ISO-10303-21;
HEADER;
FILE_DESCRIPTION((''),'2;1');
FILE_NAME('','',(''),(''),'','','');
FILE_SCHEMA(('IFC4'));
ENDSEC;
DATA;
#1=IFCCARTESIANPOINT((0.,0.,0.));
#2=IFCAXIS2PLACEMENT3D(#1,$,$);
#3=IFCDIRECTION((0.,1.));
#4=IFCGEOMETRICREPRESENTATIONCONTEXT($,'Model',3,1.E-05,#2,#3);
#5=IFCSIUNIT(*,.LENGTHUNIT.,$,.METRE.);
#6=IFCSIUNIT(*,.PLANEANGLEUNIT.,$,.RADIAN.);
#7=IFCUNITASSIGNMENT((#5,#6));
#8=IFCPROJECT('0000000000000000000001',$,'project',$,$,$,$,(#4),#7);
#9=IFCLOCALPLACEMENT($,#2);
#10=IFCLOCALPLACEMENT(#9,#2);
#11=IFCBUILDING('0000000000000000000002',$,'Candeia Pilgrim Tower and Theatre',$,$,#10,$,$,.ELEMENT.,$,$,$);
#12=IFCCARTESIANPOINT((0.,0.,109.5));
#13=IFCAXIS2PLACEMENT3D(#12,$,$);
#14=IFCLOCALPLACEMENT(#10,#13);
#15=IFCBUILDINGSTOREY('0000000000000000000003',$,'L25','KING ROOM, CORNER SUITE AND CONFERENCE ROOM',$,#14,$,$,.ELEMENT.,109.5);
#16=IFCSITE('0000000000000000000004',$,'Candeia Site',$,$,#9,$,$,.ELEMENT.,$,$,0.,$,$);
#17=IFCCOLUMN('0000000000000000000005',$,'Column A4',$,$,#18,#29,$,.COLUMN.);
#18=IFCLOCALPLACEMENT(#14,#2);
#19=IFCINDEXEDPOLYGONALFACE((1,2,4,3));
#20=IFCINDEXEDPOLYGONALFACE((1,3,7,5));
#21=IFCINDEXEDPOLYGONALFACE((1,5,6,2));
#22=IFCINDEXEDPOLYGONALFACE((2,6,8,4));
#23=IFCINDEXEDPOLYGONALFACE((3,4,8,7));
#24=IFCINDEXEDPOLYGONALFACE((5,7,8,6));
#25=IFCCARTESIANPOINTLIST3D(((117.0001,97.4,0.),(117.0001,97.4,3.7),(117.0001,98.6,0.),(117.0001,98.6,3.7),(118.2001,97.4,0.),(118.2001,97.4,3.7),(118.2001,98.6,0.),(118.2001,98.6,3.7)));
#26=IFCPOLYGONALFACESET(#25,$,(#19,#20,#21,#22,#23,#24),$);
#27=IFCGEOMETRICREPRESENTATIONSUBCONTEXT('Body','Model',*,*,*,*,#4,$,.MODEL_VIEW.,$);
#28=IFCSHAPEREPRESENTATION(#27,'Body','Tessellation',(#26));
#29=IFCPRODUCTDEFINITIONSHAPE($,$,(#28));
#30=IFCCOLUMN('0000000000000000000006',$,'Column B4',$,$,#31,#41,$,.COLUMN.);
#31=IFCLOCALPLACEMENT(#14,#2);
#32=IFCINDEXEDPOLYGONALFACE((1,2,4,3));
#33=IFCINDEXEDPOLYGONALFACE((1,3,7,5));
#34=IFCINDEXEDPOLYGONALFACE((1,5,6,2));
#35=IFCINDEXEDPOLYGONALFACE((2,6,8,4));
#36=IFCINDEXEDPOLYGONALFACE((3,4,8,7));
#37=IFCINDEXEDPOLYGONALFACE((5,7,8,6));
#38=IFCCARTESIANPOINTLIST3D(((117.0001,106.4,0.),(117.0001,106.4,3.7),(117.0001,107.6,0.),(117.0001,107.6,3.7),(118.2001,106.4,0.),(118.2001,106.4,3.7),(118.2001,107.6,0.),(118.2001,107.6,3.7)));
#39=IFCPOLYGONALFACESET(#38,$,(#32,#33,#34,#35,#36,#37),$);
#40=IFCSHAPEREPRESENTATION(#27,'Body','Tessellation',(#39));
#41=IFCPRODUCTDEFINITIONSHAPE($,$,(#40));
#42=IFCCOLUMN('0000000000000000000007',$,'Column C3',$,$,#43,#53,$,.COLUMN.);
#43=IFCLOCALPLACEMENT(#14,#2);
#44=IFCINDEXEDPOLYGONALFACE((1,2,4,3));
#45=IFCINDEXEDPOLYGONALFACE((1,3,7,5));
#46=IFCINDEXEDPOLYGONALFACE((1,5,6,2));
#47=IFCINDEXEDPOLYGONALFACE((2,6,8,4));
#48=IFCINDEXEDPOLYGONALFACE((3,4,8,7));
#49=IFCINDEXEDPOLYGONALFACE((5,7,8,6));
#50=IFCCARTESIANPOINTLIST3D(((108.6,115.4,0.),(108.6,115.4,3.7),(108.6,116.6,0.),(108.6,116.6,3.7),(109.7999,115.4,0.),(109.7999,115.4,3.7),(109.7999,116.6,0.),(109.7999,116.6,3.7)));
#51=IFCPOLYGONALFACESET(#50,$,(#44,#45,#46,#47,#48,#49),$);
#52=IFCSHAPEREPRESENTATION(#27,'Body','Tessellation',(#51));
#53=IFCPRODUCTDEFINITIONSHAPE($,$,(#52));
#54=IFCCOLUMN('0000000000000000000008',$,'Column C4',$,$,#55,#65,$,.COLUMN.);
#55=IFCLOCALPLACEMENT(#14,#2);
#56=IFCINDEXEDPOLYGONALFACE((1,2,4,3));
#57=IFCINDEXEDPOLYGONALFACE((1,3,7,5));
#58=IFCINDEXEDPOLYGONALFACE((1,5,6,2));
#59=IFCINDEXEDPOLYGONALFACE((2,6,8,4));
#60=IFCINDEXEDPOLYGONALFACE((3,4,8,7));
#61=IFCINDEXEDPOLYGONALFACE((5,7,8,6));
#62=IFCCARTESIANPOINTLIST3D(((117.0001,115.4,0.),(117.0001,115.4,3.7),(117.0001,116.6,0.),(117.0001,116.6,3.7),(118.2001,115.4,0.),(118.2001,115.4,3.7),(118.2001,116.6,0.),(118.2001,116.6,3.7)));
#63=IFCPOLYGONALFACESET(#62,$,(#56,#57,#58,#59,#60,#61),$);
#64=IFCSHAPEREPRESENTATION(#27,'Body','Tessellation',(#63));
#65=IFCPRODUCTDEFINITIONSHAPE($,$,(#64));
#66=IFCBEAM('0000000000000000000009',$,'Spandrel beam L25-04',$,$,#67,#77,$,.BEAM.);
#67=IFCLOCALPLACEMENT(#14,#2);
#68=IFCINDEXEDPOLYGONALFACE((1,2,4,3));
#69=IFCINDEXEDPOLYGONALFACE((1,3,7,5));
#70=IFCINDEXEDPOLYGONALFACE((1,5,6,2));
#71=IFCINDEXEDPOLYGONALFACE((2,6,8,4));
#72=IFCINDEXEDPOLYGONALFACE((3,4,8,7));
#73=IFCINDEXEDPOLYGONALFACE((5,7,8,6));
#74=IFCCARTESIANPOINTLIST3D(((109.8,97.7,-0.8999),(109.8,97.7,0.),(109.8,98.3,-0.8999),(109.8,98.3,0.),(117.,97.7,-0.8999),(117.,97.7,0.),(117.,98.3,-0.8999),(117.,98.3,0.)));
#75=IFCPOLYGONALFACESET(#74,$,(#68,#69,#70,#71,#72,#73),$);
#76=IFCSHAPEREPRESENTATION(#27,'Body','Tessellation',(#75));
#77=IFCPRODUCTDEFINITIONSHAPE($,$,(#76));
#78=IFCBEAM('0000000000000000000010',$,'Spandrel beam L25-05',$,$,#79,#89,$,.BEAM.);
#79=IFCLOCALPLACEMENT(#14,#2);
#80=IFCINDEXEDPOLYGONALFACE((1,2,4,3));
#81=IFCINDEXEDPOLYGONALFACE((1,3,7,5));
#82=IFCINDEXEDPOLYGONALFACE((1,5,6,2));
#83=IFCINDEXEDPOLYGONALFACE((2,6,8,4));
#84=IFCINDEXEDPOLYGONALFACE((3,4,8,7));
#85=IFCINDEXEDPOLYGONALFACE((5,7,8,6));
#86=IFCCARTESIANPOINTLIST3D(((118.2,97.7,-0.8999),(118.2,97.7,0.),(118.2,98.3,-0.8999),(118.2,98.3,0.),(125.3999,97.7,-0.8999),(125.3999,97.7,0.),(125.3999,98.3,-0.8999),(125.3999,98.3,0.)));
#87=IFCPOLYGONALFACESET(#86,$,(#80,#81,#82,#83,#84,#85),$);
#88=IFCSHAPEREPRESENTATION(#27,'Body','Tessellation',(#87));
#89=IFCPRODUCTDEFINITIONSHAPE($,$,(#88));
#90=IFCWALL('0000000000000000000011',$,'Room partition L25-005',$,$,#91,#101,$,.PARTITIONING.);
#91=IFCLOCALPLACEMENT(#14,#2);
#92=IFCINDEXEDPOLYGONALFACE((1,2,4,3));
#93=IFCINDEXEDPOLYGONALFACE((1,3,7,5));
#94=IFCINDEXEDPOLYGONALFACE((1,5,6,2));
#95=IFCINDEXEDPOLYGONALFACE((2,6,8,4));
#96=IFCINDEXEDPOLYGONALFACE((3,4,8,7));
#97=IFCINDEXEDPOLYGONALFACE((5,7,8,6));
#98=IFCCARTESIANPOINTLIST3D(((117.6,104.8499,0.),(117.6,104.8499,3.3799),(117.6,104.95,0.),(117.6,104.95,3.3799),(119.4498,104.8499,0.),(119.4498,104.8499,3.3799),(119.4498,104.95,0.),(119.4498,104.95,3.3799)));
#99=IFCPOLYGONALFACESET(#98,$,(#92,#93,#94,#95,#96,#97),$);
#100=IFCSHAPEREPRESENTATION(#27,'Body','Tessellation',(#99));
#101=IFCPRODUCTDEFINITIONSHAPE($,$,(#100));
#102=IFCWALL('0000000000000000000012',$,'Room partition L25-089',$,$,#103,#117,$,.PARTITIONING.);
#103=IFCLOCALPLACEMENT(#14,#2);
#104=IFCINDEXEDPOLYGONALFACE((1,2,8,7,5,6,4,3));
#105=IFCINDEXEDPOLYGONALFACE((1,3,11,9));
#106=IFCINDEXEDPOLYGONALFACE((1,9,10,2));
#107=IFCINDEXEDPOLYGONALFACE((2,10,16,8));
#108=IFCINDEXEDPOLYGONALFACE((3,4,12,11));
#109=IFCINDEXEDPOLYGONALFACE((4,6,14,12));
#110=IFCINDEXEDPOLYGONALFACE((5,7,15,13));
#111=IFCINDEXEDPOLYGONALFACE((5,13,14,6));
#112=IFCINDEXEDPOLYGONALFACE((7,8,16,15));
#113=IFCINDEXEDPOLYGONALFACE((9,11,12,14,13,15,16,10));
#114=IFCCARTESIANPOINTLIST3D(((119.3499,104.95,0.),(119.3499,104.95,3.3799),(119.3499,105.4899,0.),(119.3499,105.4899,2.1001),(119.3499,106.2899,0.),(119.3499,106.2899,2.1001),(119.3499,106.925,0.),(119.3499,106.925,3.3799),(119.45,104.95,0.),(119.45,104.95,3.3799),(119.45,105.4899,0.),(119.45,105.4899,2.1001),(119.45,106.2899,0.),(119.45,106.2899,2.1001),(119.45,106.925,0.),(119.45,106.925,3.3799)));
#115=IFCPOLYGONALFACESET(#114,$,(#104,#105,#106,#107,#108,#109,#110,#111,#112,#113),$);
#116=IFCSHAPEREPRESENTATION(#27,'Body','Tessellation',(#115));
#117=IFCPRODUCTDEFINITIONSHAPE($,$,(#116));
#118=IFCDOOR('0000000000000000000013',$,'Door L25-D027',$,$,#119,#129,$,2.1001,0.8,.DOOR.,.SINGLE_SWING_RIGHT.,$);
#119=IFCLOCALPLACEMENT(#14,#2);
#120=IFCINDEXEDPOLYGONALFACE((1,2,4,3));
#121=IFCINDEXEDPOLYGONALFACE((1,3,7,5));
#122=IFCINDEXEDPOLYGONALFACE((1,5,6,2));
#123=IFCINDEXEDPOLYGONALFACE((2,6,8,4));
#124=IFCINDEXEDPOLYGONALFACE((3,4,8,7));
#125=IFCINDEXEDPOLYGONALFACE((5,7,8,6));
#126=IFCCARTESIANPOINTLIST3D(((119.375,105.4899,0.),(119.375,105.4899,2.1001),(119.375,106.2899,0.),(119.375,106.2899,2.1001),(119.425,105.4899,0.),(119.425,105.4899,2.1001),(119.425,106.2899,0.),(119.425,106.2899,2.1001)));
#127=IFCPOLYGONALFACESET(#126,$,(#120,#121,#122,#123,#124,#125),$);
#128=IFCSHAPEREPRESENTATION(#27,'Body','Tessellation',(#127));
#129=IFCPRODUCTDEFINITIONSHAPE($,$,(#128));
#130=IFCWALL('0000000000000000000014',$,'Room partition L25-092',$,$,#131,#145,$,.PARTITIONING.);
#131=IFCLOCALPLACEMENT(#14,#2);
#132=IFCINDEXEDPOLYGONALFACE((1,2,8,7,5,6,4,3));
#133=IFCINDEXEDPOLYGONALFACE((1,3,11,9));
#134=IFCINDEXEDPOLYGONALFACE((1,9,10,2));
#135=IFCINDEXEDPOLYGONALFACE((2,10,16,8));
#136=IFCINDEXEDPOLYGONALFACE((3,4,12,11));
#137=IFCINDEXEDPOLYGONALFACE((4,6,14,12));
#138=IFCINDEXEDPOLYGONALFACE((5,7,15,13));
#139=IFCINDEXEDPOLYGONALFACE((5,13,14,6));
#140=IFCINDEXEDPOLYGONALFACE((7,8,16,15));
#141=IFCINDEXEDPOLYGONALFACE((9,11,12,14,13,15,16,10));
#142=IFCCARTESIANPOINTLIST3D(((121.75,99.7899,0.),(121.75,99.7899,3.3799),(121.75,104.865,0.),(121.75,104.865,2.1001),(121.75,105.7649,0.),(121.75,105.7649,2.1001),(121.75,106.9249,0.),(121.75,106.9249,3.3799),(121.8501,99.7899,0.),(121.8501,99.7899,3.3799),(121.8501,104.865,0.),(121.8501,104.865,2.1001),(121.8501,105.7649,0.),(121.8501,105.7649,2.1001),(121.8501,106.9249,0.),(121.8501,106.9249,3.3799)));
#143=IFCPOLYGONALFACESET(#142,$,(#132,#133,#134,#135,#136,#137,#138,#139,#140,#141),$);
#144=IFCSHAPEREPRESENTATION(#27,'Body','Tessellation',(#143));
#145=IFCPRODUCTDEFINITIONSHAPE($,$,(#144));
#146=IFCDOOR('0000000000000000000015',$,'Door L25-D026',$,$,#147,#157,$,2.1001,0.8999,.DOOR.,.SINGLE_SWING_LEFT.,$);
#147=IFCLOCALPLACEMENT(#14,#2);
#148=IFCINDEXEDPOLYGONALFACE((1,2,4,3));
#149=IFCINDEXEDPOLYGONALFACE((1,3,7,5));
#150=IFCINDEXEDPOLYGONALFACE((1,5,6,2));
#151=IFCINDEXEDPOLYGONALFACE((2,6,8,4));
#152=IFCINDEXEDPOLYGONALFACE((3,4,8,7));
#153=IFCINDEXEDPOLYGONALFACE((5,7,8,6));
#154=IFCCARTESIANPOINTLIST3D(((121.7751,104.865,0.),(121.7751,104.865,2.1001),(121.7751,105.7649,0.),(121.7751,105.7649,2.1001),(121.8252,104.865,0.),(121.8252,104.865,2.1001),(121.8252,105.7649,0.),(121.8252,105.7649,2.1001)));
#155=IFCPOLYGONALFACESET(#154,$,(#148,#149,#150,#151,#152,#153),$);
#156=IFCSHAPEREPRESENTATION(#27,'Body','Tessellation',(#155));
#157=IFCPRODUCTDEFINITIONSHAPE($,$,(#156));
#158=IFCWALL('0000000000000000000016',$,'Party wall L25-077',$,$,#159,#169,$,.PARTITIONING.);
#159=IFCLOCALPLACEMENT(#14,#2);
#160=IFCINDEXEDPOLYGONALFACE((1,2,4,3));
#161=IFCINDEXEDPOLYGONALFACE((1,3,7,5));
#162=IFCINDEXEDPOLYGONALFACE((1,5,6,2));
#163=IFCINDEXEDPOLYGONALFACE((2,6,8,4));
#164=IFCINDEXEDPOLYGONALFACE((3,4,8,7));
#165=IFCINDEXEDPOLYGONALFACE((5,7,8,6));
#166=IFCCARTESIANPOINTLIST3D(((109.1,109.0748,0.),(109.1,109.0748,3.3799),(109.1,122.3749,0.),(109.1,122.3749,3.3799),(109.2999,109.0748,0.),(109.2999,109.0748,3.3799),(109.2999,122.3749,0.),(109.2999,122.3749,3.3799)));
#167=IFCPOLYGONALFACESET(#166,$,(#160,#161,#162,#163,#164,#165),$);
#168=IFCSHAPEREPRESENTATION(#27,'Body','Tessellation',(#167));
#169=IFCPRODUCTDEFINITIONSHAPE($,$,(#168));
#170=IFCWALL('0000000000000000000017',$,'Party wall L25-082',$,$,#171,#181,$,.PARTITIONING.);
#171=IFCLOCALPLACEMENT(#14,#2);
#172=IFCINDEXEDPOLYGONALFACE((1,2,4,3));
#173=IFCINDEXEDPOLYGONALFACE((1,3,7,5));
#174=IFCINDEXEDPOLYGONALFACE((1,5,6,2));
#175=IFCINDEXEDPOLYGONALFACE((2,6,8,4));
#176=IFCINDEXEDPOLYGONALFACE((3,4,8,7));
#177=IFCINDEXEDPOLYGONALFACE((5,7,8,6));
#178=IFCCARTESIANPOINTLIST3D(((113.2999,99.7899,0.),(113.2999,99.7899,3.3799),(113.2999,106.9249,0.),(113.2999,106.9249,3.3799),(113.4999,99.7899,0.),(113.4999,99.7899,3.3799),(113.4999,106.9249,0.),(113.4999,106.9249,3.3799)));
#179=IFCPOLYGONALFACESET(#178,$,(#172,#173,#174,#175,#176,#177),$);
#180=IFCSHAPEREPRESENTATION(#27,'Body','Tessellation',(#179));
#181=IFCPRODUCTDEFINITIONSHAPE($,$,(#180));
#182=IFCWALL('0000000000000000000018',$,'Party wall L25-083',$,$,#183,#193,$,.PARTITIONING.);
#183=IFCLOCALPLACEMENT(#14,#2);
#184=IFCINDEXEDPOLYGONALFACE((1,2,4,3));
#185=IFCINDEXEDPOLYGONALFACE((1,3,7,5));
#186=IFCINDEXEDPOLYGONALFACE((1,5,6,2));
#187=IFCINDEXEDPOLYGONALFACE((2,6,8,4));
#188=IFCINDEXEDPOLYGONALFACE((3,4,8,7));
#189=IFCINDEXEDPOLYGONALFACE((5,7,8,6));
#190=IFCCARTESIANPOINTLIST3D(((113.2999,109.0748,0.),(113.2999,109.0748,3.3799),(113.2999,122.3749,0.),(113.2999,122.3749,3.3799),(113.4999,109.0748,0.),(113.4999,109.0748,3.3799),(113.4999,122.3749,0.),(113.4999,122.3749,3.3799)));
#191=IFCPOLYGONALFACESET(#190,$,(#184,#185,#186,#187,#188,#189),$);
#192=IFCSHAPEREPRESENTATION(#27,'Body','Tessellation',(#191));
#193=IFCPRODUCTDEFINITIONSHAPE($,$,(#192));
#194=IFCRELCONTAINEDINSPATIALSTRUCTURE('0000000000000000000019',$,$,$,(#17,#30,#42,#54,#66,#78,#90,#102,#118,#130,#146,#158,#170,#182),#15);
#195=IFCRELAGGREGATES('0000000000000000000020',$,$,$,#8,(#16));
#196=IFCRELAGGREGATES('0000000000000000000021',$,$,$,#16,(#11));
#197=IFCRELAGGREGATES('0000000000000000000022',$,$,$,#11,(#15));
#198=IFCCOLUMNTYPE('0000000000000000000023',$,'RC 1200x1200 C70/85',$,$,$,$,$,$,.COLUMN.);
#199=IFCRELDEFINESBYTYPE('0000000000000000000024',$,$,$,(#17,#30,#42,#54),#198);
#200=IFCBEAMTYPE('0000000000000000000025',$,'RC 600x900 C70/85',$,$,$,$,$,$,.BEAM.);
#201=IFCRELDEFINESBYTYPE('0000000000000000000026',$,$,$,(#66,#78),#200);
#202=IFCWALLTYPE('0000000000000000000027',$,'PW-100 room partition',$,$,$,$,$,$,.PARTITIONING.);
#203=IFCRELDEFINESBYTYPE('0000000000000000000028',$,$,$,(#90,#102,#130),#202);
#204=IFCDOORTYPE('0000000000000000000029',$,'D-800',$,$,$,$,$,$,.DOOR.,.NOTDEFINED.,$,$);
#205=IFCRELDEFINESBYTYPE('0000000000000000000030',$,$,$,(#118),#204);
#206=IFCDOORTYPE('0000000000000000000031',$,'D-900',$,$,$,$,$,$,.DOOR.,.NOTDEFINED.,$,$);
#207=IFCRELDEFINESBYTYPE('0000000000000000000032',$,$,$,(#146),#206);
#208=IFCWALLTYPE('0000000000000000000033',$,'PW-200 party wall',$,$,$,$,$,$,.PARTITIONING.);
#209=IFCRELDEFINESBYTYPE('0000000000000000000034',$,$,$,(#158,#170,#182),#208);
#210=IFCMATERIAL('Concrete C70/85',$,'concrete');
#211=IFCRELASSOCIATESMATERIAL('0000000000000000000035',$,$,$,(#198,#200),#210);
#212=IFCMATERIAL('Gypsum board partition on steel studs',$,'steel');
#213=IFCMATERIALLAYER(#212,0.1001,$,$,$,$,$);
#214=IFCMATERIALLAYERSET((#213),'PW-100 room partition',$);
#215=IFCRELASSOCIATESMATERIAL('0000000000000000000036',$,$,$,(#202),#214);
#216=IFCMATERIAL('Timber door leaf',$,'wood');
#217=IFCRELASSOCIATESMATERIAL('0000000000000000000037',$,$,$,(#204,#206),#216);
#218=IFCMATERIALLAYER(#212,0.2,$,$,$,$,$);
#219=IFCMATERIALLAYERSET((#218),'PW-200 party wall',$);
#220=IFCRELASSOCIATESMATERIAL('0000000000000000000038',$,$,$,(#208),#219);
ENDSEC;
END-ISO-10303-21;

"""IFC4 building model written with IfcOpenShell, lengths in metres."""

from ifc_helpers import new_model, si_unit, direction, frame, frame_2d, origin, origin_2d, place, context, subcontext, project, spatial, rectangle, extrude, material, layer, layer_set, material_profile, profile_set, type_object, element, fill, save


model = new_model("IFC4")

# Units and contexts
model_context = context("Model", 3, precision=1e-05, world=origin(), true_north=direction((0.0, 1.0)))
body_context = subcontext(model_context, "Body", "Model", "MODEL_VIEW")
ifc_project = project(units=[si_unit("LENGTHUNIT", "METRE"), si_unit("PLANEANGLEUNIT", "RADIAN")], contexts=[model_context])

# Site, building, storey
site_placement = place(None, origin())
site = spatial("IfcSite", under=ifc_project, at=site_placement, Name="Candeia Site", CompositionType="ELEMENT", RefElevation=0.0)
building_placement = place(site_placement, origin())
building = spatial("IfcBuilding", under=site, at=building_placement, Name="Candeia Pilgrim Tower and Theatre", CompositionType="ELEMENT")
storey_placement = place(building_placement, frame((0.0, 0.0, 109.5)))
storey = spatial("IfcBuildingStorey", under=building, at=storey_placement, Name="L25", Description="KING ROOM, CORNER SUITE AND CONFERENCE ROOM", CompositionType="ELEMENT", Elevation=109.5)

# Columns
ifc_material_1 = material(Name="Concrete C70/85", Category="concrete")
ifc_material_profile_1 = material_profile(ifc_material_1, rectangle(XDim=1.2, YDim=1.2, at=origin_2d()))
ifc_profile_set_1 = profile_set([ifc_material_profile_1], Name="Concrete C70/85")
column_type = type_object("IfcColumnType", Name="RC 1200x1200 C70/85", PredefinedType="COLUMN", material=ifc_profile_set_1)
for number, where, z_axis, x_axis, name in (
    (1, (117.6001, 98.0, 0.0), (0.0, 0.0, 1.0), (1.0, 0.0, 0.0), "Column A4"),
    (2, (117.6001, 107.0, 0.0), (0.0, 0.0, 1.0), (1.0, 0.0, 0.0), "Column B4"),
    (3, (109.2, 116.0, 0.0), (0.0, 0.0, 1.0), (1.0, 0.0, 0.0), "Column C3"),
    (4, (117.6001, 116.0, 0.0), (0.0, 0.0, 1.0), (1.0, 0.0, 0.0), "Column C4"),
):
    element("IfcColumn", number, at=place(storey_placement, frame(where, z_axis=z_axis, x_axis=x_axis)), inside=storey, type_object=column_type, Name=name, PredefinedType="COLUMN", context=body_context, shape_type="SweptSolid", body=[
        extrude(rectangle(XDim=1.2, YDim=1.2, at=origin_2d()), origin(), (0.0, 0.0, 1.0), 3.7),
    ])

# Beams
ifc_material_profile_2 = material_profile(ifc_material_1, rectangle(XDim=0.6001, YDim=0.8999, at=origin_2d()))
ifc_profile_set_2 = profile_set([ifc_material_profile_2], Name="Concrete C70/85")
beam_type = type_object("IfcBeamType", Name="RC 600x900 C70/85", PredefinedType="BEAM", material=ifc_profile_set_2)
for number, where, z_axis, x_axis, name in (
    (5, (109.8, 98.0, -0.45), (1.0, 0.0, 0.0), (0.0, 1.0, 0.0), "Spandrel beam L25-04"),
    (6, (118.2, 98.0, -0.45), (1.0, 0.0, 0.0), (0.0, 1.0, 0.0), "Spandrel beam L25-05"),
):
    element("IfcBeam", number, at=place(storey_placement, frame(where, z_axis=z_axis, x_axis=x_axis)), inside=storey, type_object=beam_type, Name=name, PredefinedType="BEAM", context=body_context, shape_type="SweptSolid", body=[
        extrude(rectangle(XDim=0.6001, YDim=0.8999, at=origin_2d()), origin(), (0.0, 0.0, 1.0), 7.2),
    ])

# Wall
ifc_material_2 = material(Name="Gypsum board partition on steel studs", Category="steel")
ifc_layer_1 = layer(ifc_material_2, 0.1001)
ifc_layer_set_1 = layer_set([ifc_layer_1], Name="PW-100 room partition")
wall_type_1 = type_object("IfcWallType", Name="PW-100 room partition", PredefinedType="PARTITIONING", material=ifc_layer_set_1)
wall_1_placement = place(storey_placement, frame((117.6001, 104.8999, 0.0), z_axis=(0.0, 0.0, 1.0), x_axis=(1.0, 0.0, 0.0)))
element("IfcWall", 7, at=wall_1_placement, inside=storey, type_object=wall_type_1, Name="Room partition L25-005", PredefinedType="PARTITIONING", context=body_context, shape_type="SweptSolid", body=[
    extrude(rectangle(XDim=1.8499, YDim=0.1001, at=frame_2d((0.9248, 0.0))), origin(), (0.0, 0.0, 1.0), 3.3799),
])

# Walls, openings, doors
wall_2_placement = place(storey_placement, frame((119.3999, 104.95, 0.0), z_axis=(0.0, 0.0, 1.0), x_axis=(0.0, 1.0, 0.0)))
wall_2 = element("IfcWall", 8, at=wall_2_placement, inside=storey, type_object=wall_type_1, Name="Room partition L25-089", PredefinedType="PARTITIONING", context=body_context, shape_type="SweptSolid", body=[
    extrude(rectangle(XDim=1.9751, YDim=0.1001, at=frame_2d((0.9875, 0.0))), origin(), (0.0, 0.0, 1.0), 3.3799),
])
opening_1_placement = place(wall_2_placement, frame((0.54, 0.0, 0.0)))
opening_1 = element("IfcOpeningElement", 9, at=opening_1_placement, cuts=wall_2, PredefinedType="OPENING", context=body_context, shape_type="SweptSolid", body=[
    extrude(rectangle(XDim=0.8, YDim=2.1001, at=frame_2d((0.3999, 1.05))), frame((0.0, 0.0601, 0.0), z_axis=(0.0, -1.0, 0.0), x_axis=(1.0, 0.0, 0.0)), (0.0, 0.0, 1.0), 0.1201),
])
ifc_material_3 = material(Name="Timber door leaf", Category="wood")
door_type_1 = type_object("IfcDoorType", Name="D-800", OperationType="NOTDEFINED", PredefinedType="DOOR", material=ifc_material_3)
door_1_placement = place(opening_1_placement, origin())
door_1 = element("IfcDoor", 10, at=door_1_placement, inside=storey, type_object=door_type_1, Name="Door L25-D027", OperationType="SINGLE_SWING_RIGHT", OverallHeight=2.1001, OverallWidth=0.8, PredefinedType="DOOR", context=body_context, shape_type="SweptSolid", body=[
    extrude(rectangle(XDim=0.8, YDim=2.1001, at=frame_2d((0.3999, 1.05))), frame((0.0, 0.0249, 0.0), z_axis=(0.0, -1.0, 0.0), x_axis=(1.0, 0.0, 0.0)), (0.0, 0.0, 1.0), 0.05),
])
fill(opening_1, door_1)
wall_3_placement = place(storey_placement, frame((121.8, 99.79, 0.0), z_axis=(0.0, 0.0, 1.0), x_axis=(0.0, 1.0, 0.0)))
wall_3 = element("IfcWall", 11, at=wall_3_placement, inside=storey, type_object=wall_type_1, Name="Room partition L25-092", PredefinedType="PARTITIONING", context=body_context, shape_type="SweptSolid", body=[
    extrude(rectangle(XDim=7.135, YDim=0.1001, at=frame_2d((3.5674, 0.0))), origin(), (0.0, 0.0, 1.0), 3.3799),
])
opening_2_placement = place(wall_3_placement, frame((5.075, 0.0, 0.0)))
opening_2 = element("IfcOpeningElement", 12, at=opening_2_placement, cuts=wall_3, PredefinedType="OPENING", context=body_context, shape_type="SweptSolid", body=[
    extrude(rectangle(XDim=0.8999, YDim=2.1001, at=frame_2d((0.45, 1.05))), frame((0.0, 0.0601, 0.0), z_axis=(0.0, -1.0, 0.0), x_axis=(1.0, 0.0, 0.0)), (0.0, 0.0, 1.0), 0.1201),
])
door_type_2 = type_object("IfcDoorType", Name="D-900", OperationType="NOTDEFINED", PredefinedType="DOOR", material=ifc_material_3)
door_2_placement = place(opening_2_placement, origin())
door_2 = element("IfcDoor", 13, at=door_2_placement, inside=storey, type_object=door_type_2, Name="Door L25-D026", OperationType="SINGLE_SWING_LEFT", OverallHeight=2.1001, OverallWidth=0.8999, PredefinedType="DOOR", context=body_context, shape_type="SweptSolid", body=[
    extrude(rectangle(XDim=0.8999, YDim=2.1001, at=frame_2d((0.45, 1.05))), frame((0.0, 0.0249, 0.0), z_axis=(0.0, -1.0, 0.0), x_axis=(1.0, 0.0, 0.0)), (0.0, 0.0, 1.0), 0.05),
])
fill(opening_2, door_2)

# Walls
ifc_layer_2 = layer(ifc_material_2, 0.2)
ifc_layer_set_2 = layer_set([ifc_layer_2], Name="PW-200 party wall")
wall_type_2 = type_object("IfcWallType", Name="PW-200 party wall", PredefinedType="PARTITIONING", material=ifc_layer_set_2)
wall_4_placement = place(storey_placement, frame((109.2, 109.075, 0.0), z_axis=(0.0, 0.0, 1.0), x_axis=(0.0, 1.0, 0.0)))
element("IfcWall", 14, at=wall_4_placement, inside=storey, type_object=wall_type_2, Name="Party wall L25-077", PredefinedType="PARTITIONING", context=body_context, shape_type="SweptSolid", body=[
    extrude(rectangle(XDim=13.3, YDim=0.2, at=frame_2d((6.6499, 0.0))), origin(), (0.0, 0.0, 1.0), 3.3799),
])
wall_5_placement = place(storey_placement, frame((113.3999, 99.79, 0.0), z_axis=(0.0, 0.0, 1.0), x_axis=(0.0, 1.0, 0.0)))
element("IfcWall", 15, at=wall_5_placement, inside=storey, type_object=wall_type_2, Name="Party wall L25-082", PredefinedType="PARTITIONING", context=body_context, shape_type="SweptSolid", body=[
    extrude(rectangle(XDim=7.135, YDim=0.2, at=frame_2d((3.5674, 0.0))), origin(), (0.0, 0.0, 1.0), 3.3799),
])
wall_6_placement = place(storey_placement, frame((113.3999, 109.075, 0.0), z_axis=(0.0, 0.0, 1.0), x_axis=(0.0, 1.0, 0.0)))
element("IfcWall", 16, at=wall_6_placement, inside=storey, type_object=wall_type_2, Name="Party wall L25-083", PredefinedType="PARTITIONING", context=body_context, shape_type="SweptSolid", body=[
    extrude(rectangle(XDim=13.3, YDim=0.2, at=frame_2d((6.6499, 0.0))), origin(), (0.0, 0.0, 1.0), 3.3799),
])

save(model, "model.ifc")
